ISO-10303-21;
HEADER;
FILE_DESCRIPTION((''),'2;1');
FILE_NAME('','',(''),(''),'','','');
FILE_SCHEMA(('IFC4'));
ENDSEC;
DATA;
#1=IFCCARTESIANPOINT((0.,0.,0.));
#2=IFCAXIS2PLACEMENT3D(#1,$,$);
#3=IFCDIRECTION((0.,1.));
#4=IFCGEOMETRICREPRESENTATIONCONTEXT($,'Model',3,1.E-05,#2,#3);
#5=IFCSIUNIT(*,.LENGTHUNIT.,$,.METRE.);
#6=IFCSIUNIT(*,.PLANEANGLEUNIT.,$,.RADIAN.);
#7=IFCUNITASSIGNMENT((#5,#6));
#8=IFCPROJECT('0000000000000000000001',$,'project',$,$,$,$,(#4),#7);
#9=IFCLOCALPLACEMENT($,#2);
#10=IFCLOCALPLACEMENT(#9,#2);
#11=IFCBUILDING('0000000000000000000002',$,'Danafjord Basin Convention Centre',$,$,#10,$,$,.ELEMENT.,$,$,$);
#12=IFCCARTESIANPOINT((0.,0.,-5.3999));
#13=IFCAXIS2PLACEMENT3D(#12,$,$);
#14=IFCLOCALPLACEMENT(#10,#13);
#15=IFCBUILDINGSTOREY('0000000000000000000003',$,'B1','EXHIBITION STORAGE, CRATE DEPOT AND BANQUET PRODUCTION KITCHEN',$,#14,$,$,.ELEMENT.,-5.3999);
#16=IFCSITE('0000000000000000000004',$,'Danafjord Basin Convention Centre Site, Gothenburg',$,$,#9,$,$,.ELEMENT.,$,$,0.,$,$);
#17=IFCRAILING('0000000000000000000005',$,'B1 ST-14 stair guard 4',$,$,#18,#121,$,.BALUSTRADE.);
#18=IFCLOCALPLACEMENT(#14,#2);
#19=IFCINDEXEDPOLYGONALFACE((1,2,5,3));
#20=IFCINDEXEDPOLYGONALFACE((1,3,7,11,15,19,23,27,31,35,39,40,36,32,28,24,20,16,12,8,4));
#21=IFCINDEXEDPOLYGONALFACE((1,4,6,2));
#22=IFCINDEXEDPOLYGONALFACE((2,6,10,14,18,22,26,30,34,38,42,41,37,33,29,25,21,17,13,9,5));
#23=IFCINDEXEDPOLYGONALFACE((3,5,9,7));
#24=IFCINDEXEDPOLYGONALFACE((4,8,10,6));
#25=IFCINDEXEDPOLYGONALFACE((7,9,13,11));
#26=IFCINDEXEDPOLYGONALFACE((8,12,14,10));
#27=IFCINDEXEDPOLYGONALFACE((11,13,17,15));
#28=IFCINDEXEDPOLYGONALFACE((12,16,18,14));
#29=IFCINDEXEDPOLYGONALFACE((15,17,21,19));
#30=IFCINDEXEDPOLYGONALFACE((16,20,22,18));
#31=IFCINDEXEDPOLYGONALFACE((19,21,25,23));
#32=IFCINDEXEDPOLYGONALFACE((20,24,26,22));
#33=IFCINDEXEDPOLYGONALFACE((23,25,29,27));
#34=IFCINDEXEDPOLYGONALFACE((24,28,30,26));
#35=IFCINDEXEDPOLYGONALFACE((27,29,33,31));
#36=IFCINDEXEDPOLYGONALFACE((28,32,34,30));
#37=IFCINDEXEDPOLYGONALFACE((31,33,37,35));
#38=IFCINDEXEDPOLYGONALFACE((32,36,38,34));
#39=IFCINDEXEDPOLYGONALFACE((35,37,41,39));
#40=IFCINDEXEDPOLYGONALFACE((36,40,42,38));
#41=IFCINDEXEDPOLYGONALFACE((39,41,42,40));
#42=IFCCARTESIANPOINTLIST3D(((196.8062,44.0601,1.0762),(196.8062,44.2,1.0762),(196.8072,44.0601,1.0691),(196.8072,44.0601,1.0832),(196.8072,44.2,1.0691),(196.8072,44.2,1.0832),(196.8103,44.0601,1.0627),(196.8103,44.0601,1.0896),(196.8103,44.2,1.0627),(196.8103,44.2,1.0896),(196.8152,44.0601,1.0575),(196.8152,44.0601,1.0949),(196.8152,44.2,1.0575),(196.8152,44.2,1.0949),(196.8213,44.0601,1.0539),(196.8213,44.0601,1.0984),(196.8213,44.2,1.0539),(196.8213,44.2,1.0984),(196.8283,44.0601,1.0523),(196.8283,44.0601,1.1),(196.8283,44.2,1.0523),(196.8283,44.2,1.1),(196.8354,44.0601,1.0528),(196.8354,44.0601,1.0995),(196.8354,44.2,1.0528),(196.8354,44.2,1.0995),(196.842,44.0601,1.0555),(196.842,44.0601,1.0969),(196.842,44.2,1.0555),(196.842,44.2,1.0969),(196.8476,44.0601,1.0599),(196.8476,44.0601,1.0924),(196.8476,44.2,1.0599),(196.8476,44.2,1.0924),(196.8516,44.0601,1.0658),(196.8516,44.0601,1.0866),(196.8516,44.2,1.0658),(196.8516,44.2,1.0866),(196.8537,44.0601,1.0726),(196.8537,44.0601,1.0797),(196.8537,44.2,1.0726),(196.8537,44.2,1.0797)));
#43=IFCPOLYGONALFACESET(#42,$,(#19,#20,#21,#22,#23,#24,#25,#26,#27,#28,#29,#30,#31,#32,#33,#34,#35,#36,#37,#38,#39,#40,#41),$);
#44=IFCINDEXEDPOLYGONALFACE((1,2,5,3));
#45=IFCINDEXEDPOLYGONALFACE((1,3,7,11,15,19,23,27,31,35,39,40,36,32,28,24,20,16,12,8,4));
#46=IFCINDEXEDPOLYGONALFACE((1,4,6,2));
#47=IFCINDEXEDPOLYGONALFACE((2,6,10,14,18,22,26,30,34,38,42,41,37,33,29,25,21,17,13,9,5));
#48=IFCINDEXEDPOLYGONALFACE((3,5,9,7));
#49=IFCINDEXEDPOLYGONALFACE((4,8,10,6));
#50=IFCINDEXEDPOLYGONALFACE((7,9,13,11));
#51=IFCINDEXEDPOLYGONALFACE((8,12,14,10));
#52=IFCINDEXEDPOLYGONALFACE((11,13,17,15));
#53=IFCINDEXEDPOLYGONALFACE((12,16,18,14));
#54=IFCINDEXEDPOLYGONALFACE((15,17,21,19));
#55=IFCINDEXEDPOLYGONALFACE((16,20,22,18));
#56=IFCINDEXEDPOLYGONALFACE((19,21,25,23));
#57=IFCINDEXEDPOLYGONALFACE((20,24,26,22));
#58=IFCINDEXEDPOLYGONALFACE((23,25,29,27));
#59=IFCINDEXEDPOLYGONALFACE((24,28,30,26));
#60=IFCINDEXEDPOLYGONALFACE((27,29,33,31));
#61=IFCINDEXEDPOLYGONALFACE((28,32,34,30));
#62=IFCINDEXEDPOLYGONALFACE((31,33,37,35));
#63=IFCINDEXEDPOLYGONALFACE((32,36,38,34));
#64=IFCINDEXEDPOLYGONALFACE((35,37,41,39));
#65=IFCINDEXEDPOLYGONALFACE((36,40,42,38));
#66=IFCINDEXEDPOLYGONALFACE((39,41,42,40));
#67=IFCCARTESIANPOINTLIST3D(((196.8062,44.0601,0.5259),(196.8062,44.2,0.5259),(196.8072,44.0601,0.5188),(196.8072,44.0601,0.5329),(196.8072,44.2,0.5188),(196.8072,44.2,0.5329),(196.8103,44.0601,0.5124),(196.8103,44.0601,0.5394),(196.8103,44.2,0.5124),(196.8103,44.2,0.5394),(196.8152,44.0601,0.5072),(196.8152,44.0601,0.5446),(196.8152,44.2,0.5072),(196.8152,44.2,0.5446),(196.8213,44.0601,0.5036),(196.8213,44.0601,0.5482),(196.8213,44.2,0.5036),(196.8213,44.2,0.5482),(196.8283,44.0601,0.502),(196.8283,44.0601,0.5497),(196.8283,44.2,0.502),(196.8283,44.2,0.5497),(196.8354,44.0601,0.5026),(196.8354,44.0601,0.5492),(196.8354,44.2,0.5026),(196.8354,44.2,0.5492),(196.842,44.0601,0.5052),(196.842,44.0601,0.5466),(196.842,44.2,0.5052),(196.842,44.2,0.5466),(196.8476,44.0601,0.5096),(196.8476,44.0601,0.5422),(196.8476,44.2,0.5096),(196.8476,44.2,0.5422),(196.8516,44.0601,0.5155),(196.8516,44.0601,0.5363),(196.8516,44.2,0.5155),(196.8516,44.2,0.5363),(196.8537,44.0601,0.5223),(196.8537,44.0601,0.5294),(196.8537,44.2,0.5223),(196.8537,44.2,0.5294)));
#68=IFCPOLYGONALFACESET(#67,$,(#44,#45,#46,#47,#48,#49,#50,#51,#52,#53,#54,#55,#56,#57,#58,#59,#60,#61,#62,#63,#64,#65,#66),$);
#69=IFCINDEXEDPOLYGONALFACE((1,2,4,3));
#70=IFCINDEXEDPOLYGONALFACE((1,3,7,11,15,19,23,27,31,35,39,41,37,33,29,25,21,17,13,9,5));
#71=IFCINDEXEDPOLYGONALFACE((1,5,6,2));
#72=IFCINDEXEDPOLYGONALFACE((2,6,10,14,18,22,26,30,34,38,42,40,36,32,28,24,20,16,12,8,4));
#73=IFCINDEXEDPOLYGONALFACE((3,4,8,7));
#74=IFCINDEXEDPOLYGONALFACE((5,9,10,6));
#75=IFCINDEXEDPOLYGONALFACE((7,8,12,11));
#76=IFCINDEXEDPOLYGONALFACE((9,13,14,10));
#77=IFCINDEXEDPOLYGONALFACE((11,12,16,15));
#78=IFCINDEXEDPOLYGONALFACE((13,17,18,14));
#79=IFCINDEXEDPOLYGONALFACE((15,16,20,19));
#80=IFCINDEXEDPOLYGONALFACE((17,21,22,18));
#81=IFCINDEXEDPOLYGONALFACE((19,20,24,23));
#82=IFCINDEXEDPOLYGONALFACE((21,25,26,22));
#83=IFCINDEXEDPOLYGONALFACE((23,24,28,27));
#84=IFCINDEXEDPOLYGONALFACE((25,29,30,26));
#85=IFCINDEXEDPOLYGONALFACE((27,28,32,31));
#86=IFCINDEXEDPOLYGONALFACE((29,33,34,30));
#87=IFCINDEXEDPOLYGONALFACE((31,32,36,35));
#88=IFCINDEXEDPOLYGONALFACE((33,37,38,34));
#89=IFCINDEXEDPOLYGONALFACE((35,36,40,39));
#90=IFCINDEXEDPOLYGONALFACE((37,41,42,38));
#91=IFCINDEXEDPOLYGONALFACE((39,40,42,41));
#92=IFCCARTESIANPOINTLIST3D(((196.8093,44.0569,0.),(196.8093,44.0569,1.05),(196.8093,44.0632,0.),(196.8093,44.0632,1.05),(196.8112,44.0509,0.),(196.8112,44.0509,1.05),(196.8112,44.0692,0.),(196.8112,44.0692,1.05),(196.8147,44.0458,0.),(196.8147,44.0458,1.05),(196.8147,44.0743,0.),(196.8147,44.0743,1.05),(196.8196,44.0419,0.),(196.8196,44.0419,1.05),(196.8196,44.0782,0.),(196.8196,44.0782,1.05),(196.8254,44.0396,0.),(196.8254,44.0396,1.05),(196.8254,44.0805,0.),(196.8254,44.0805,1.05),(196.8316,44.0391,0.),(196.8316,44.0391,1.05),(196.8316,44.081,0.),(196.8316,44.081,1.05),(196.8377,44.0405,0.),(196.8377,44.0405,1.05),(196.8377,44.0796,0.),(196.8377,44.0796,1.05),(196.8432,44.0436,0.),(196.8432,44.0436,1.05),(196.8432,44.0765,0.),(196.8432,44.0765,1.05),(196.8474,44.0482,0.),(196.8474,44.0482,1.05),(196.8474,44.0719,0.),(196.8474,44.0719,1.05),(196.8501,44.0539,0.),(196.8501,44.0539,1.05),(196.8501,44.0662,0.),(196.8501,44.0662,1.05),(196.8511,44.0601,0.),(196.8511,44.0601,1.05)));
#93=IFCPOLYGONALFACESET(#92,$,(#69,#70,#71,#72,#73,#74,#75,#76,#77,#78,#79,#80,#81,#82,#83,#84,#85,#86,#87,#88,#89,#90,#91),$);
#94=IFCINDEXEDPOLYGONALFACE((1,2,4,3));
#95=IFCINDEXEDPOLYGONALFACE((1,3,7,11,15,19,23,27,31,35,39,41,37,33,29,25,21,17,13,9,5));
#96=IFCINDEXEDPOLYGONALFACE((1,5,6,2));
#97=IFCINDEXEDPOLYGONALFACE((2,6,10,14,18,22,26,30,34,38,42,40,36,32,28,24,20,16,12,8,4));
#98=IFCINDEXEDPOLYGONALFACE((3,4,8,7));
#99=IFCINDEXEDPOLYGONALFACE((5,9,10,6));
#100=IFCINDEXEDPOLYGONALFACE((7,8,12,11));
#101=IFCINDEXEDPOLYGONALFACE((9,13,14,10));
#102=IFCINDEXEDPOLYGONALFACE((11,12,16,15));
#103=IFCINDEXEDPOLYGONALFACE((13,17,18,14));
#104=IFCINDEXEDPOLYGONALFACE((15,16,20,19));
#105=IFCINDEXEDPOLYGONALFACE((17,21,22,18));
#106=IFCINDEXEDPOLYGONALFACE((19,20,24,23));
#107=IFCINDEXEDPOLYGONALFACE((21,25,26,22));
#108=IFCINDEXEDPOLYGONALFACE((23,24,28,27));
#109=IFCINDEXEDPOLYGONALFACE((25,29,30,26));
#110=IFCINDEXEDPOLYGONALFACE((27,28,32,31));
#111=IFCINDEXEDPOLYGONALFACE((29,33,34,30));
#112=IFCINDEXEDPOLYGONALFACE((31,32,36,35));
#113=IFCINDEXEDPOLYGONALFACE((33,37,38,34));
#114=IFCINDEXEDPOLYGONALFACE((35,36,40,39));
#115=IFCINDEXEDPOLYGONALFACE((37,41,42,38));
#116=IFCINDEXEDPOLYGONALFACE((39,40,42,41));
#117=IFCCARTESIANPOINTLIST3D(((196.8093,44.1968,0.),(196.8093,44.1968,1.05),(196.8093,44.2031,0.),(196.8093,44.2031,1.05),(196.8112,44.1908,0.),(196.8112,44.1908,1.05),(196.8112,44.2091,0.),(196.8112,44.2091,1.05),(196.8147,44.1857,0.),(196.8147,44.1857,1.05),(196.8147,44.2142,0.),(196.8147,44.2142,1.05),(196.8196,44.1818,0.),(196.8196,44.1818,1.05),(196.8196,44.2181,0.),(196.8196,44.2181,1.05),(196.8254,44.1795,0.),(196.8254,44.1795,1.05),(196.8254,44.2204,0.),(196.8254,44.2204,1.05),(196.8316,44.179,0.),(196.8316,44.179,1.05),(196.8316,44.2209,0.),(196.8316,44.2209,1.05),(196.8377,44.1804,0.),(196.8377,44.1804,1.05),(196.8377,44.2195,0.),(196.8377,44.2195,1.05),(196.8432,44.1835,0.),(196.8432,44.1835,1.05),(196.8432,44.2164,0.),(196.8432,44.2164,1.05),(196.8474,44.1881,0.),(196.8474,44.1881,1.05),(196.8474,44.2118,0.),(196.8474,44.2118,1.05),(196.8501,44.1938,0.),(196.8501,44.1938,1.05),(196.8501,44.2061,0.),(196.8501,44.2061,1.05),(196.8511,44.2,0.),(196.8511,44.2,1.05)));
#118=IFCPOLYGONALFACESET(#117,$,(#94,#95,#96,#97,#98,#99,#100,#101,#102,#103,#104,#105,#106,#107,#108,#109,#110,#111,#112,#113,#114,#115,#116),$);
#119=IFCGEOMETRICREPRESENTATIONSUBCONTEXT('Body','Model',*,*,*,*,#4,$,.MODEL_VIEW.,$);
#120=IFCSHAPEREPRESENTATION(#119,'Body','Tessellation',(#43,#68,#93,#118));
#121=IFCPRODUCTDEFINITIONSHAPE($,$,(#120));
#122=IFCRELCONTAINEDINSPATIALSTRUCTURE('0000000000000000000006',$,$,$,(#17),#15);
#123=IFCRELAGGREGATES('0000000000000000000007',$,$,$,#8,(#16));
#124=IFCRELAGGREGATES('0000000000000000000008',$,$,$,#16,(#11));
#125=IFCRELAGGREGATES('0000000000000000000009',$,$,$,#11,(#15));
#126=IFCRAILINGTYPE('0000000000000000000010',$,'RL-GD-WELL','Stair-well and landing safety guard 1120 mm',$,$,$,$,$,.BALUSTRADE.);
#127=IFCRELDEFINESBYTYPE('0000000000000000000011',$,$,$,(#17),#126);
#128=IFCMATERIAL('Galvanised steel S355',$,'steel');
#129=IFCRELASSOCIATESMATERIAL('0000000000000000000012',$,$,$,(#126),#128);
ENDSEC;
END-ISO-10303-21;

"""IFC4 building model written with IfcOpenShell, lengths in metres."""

from ifc_helpers import new_model, si_unit, direction, frame, origin, origin_2d, place, context, subcontext, project, spatial, circle, extrude, material, type_object, element, save


model = new_model("IFC4")

# Units and contexts
model_context = context("Model", 3, precision=1e-05, world=origin(), true_north=direction((0.0, 1.0)))
body_context = subcontext(model_context, "Body", "Model", "MODEL_VIEW")
ifc_project = project(units=[si_unit("LENGTHUNIT", "METRE"), si_unit("PLANEANGLEUNIT", "RADIAN")], contexts=[model_context])

# Site, building, storey
site_placement = place(None, origin())
site = spatial("IfcSite", under=ifc_project, at=site_placement, Name="Danafjord Basin Convention Centre Site, Gothenburg", CompositionType="ELEMENT", RefElevation=0.0)
building_placement = place(site_placement, origin())
building = spatial("IfcBuilding", under=site, at=building_placement, Name="Danafjord Basin Convention Centre", CompositionType="ELEMENT")
storey_placement = place(building_placement, frame((0.0, 0.0, -5.3999)))
storey = spatial("IfcBuildingStorey", under=building, at=storey_placement, Name="B1", Description="EXHIBITION STORAGE, CRATE DEPOT AND BANQUET PRODUCTION KITCHEN", CompositionType="ELEMENT", Elevation=-5.3999)

# Railing
ifc_material_1 = material(Name="Galvanised steel S355", Category="steel")
railing_type_1 = type_object("IfcRailingType", Name="RL-GD-WELL", Description="Stair-well and landing safety guard 1120 mm", PredefinedType="BALUSTRADE", material=ifc_material_1)
railing_1_placement = place(storey_placement, frame((196.8301, 44.0601, 0.0)))
element("IfcRailing", 1, at=railing_1_placement, inside=storey, type_object=railing_type_1, Name="B1 ST-14 stair guard 4", PredefinedType="BALUSTRADE", context=body_context, shape_type="SweptSolid", body=[
    extrude(circle(Radius=0.0239, at=origin_2d()), frame((0.0, 0.0, 1.0762), z_axis=(0.0, 1.0, 0.0), x_axis=(-1.0, 0.0, 0.0)), (0.0, 0.0, 1.0), 0.1399),
    extrude(circle(Radius=0.0239, at=origin_2d()), frame((0.0, 0.0, 0.5259), z_axis=(0.0, 1.0, 0.0), x_axis=(-1.0, 0.0, 0.0)), (0.0, 0.0, 1.0), 0.1399),
    extrude(circle(Radius=0.021, at=origin_2d()), origin(), (0.0, 0.0, 1.0), 1.05),
    extrude(circle(Radius=0.021, at=origin_2d()), frame((0.0, 0.1399, 0.0)), (0.0, 0.0, 1.0), 1.05),
])

save(model, "model.ifc")
